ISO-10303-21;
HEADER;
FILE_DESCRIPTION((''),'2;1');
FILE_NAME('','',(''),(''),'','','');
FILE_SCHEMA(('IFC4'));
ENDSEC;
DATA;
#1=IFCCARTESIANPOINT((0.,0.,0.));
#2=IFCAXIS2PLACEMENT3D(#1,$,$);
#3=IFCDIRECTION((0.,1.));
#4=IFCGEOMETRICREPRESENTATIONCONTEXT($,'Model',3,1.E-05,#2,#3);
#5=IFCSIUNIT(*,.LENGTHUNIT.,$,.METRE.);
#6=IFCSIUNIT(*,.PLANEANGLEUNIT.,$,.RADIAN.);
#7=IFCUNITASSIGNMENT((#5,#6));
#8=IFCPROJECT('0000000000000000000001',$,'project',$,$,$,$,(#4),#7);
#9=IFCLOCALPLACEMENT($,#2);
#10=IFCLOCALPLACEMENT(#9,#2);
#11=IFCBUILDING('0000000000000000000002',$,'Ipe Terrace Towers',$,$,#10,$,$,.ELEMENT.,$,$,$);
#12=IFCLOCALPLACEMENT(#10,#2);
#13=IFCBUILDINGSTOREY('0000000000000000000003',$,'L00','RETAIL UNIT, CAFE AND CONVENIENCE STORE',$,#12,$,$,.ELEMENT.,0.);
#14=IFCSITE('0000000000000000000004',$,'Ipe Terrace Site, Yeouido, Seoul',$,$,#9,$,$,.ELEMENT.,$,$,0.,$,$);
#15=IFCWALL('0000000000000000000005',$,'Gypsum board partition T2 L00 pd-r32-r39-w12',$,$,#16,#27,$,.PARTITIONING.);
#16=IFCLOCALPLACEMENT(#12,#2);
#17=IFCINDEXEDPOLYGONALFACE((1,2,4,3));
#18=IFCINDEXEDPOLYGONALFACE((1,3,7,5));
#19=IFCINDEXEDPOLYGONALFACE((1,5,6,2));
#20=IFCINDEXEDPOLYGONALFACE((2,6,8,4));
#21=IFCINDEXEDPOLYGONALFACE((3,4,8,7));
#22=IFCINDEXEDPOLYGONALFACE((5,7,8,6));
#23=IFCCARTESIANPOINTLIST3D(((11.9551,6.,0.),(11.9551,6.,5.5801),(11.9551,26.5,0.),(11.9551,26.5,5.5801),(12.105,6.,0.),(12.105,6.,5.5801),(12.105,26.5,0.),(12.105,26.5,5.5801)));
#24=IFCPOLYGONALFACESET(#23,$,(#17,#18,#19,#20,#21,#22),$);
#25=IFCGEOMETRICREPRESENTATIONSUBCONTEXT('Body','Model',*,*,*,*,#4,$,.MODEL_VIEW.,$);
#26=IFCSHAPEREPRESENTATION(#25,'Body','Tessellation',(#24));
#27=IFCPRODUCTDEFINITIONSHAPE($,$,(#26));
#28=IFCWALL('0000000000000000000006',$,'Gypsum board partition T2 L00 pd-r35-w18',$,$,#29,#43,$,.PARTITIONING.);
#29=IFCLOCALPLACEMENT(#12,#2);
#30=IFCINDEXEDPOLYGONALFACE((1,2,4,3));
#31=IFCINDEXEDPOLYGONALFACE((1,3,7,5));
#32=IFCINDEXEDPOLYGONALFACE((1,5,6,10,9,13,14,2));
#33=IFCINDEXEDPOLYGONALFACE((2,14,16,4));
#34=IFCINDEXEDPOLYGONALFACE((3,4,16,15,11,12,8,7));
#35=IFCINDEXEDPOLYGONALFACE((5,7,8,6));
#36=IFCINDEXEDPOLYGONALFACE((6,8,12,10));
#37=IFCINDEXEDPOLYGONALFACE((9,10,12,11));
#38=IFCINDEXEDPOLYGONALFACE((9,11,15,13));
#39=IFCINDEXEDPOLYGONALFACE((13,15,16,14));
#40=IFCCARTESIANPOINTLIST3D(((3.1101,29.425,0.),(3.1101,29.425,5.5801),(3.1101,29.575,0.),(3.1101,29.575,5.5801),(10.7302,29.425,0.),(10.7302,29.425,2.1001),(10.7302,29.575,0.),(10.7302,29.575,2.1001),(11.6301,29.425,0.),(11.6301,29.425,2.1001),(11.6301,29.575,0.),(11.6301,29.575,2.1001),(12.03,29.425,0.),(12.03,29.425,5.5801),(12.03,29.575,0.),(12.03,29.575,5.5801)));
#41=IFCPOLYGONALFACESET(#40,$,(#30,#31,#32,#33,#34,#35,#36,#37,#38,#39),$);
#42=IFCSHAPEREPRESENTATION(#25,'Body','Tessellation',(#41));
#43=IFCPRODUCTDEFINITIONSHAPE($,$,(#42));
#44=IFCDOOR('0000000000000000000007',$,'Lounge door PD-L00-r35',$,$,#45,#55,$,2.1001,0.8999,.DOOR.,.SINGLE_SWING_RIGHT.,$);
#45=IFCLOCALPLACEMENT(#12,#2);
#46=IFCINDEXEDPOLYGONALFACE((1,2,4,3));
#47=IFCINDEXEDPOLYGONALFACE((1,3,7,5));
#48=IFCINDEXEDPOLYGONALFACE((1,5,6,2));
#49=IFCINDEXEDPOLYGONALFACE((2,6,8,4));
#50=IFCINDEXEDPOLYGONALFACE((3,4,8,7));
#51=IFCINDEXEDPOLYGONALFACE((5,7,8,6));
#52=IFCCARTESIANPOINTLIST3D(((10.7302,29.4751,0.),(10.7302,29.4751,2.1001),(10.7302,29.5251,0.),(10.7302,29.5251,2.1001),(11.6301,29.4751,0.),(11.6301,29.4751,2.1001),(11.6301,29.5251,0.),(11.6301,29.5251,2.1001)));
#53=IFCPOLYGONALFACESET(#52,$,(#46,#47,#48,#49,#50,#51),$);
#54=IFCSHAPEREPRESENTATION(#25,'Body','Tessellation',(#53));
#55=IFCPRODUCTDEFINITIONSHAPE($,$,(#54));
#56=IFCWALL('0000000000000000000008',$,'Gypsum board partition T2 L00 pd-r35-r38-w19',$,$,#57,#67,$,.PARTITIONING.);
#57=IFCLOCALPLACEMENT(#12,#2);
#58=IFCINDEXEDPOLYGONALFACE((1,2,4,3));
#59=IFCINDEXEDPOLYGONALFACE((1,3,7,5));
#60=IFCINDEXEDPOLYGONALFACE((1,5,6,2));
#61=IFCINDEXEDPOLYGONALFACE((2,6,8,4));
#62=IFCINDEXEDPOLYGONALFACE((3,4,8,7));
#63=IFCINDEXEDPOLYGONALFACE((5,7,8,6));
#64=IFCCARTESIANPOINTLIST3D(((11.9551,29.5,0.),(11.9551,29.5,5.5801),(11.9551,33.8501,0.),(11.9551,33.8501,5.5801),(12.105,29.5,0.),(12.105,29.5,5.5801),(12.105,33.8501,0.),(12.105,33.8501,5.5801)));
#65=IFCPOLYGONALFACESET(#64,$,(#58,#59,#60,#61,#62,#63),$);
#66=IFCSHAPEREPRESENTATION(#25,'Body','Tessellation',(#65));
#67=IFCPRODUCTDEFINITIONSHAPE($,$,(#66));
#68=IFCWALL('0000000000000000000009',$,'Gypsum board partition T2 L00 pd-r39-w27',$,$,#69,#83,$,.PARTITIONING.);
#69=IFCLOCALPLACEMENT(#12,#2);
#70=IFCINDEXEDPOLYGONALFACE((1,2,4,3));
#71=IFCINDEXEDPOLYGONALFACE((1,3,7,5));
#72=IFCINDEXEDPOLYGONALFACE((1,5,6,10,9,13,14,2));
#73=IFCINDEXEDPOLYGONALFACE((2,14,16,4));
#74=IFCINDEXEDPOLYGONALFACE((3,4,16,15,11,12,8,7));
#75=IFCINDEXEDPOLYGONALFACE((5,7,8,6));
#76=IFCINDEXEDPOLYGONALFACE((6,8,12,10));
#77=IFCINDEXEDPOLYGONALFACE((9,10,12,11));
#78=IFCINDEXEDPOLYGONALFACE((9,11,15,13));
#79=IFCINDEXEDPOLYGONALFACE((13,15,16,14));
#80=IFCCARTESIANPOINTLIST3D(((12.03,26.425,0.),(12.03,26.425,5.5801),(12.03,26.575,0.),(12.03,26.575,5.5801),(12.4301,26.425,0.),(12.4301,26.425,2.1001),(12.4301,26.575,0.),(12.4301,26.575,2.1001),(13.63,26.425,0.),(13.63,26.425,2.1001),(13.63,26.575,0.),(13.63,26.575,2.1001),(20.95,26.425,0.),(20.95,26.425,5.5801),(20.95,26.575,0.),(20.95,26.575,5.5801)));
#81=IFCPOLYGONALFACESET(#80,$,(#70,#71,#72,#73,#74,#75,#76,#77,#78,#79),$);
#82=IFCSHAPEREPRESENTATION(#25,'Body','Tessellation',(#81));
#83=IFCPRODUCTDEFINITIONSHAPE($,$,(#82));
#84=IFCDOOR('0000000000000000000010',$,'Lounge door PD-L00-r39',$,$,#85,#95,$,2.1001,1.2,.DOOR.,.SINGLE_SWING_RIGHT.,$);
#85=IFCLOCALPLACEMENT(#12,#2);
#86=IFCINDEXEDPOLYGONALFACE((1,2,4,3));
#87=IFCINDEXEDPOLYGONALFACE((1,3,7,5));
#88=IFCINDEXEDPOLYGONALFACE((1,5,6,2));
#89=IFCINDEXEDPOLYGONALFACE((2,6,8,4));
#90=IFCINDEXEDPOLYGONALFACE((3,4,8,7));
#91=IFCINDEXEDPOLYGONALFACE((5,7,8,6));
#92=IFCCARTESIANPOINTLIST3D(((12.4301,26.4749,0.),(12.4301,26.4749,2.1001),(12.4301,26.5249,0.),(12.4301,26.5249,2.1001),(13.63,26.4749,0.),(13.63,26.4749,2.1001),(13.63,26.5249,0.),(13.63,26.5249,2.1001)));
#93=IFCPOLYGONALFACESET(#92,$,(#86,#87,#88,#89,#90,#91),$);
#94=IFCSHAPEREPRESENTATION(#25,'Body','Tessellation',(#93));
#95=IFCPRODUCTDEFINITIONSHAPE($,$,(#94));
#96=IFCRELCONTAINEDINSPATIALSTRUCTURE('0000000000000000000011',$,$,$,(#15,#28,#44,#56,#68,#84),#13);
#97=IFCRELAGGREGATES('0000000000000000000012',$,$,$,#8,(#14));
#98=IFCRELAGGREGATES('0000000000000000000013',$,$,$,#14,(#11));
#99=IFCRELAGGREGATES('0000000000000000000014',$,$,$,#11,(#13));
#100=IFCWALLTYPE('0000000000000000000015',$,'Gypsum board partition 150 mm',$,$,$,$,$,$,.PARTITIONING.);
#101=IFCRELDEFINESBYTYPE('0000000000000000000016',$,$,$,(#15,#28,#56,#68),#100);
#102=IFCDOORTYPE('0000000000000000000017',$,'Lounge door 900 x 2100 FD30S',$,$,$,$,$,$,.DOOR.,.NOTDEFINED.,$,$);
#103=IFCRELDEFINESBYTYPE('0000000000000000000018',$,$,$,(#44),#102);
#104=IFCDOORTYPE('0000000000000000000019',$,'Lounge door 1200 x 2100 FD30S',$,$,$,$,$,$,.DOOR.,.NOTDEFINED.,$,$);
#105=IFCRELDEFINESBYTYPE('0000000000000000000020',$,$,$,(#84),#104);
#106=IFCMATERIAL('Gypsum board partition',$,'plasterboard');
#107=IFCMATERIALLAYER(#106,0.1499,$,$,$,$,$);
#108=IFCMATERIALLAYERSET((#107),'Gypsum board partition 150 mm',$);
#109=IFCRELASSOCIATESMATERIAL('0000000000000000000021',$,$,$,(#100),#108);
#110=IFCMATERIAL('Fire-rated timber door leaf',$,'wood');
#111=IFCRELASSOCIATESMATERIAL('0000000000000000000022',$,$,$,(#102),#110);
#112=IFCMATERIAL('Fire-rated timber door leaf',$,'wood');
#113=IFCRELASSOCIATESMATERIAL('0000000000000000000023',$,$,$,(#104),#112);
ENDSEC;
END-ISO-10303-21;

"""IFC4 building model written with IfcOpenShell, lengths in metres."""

from ifc_helpers import new_model, si_unit, direction, frame, frame_2d, origin, place, context, subcontext, project, spatial, rectangle, extrude, material, layer, layer_set, type_object, element, fill, save


model = new_model("IFC4")

# Units and contexts
model_context = context("Model", 3, precision=1e-05, world=origin(), true_north=direction((0.0, 1.0)))
body_context = subcontext(model_context, "Body", "Model", "MODEL_VIEW")
ifc_project = project(units=[si_unit("LENGTHUNIT", "METRE"), si_unit("PLANEANGLEUNIT", "RADIAN")], contexts=[model_context])

# Site, building, storey
site_placement = place(None, origin())
site = spatial("IfcSite", under=ifc_project, at=site_placement, Name="Ipe Terrace Site, Yeouido, Seoul", CompositionType="ELEMENT", RefElevation=0.0)
building_placement = place(site_placement, origin())
building = spatial("IfcBuilding", under=site, at=building_placement, Name="Ipe Terrace Towers", CompositionType="ELEMENT")
storey_placement = place(building_placement, origin())
storey = spatial("IfcBuildingStorey", under=building, at=storey_placement, Name="L00", Description="RETAIL UNIT, CAFE AND CONVENIENCE STORE", CompositionType="ELEMENT", Elevation=0.0)

# Wall
ifc_material_1 = material(Name="Gypsum board partition", Category="plasterboard")
ifc_layer_1 = layer(ifc_material_1, 0.1499)
ifc_layer_set_1 = layer_set([ifc_layer_1], Name="Gypsum board partition 150 mm")
wall_type_1 = type_object("IfcWallType", Name="Gypsum board partition 150 mm", PredefinedType="PARTITIONING", material=ifc_layer_set_1)
wall_1_placement = place(storey_placement, frame((12.03, 26.5, 0.0), z_axis=(0.0, 0.0, 1.0), x_axis=(0.0, -1.0, 0.0)))
element("IfcWall", 1, at=wall_1_placement, inside=storey, type_object=wall_type_1, Name="Gypsum board partition T2 L00 pd-r32-r39-w12", PredefinedType="PARTITIONING", context=body_context, shape_type="SweptSolid", body=[
    extrude(rectangle(XDim=20.5, YDim=0.1499, at=frame_2d((10.25, 0.0))), origin(), (0.0, 0.0, 1.0), 5.5801),
])

# Wall, opening, door
wall_2_placement = place(storey_placement, frame((12.03, 29.5, 0.0), z_axis=(0.0, 0.0, 1.0), x_axis=(-1.0, 0.0, 0.0)))
wall_2 = element("IfcWall", 2, at=wall_2_placement, inside=storey, type_object=wall_type_1, Name="Gypsum board partition T2 L00 pd-r35-w18", PredefinedType="PARTITIONING", context=body_context, shape_type="SweptSolid", body=[
    extrude(rectangle(XDim=8.9199, YDim=0.1499, at=frame_2d((4.46, 0.0))), origin(), (0.0, 0.0, 1.0), 5.5801),
])
opening_1_placement = place(wall_2_placement, frame((0.3999, 0.0, 0.0)))
opening_1 = element("IfcOpeningElement", 3, at=opening_1_placement, cuts=wall_2, PredefinedType="OPENING", context=body_context, shape_type="SweptSolid", body=[
    extrude(rectangle(XDim=0.8999, YDim=2.1001, at=frame_2d((0.45, 1.05))), frame((0.0, 0.085, 0.0), z_axis=(0.0, -1.0, 0.0), x_axis=(1.0, 0.0, 0.0)), (0.0, 0.0, 1.0), 0.1699),
])
ifc_material_2 = material(Name="Fire-rated timber door leaf", Category="wood")
door_type_1 = type_object("IfcDoorType", Name="Lounge door 900 x 2100 FD30S", OperationType="NOTDEFINED", PredefinedType="DOOR", material=ifc_material_2)
door_1_placement = place(opening_1_placement, origin())
door_1 = element("IfcDoor", 4, at=door_1_placement, inside=storey, type_object=door_type_1, Name="Lounge door PD-L00-r35", OperationType="SINGLE_SWING_RIGHT", OverallHeight=2.1001, OverallWidth=0.8999, PredefinedType="DOOR", context=body_context, shape_type="SweptSolid", body=[
    extrude(rectangle(XDim=0.8999, YDim=2.1001, at=frame_2d((0.45, 1.05))), frame((0.0, 0.0249, 0.0), z_axis=(0.0, -1.0, 0.0), x_axis=(1.0, 0.0, 0.0)), (0.0, 0.0, 1.0), 0.05),
])
fill(opening_1, door_1)

# Wall
wall_3_placement = place(storey_placement, frame((12.03, 33.8501, 0.0), z_axis=(0.0, 0.0, 1.0), x_axis=(0.0, -1.0, 0.0)))
element("IfcWall", 5, at=wall_3_placement, inside=storey, type_object=wall_type_1, Name="Gypsum board partition T2 L00 pd-r35-r38-w19", PredefinedType="PARTITIONING", context=body_context, shape_type="SweptSolid", body=[
    extrude(rectangle(XDim=4.3501, YDim=0.1499, at=frame_2d((2.175, 0.0))), origin(), (0.0, 0.0, 1.0), 5.5801),
])

# Wall, opening, door
wall_4_placement = place(storey_placement, frame((12.03, 26.5, 0.0), z_axis=(0.0, 0.0, 1.0), x_axis=(1.0, 0.0, 0.0)))
wall_4 = element("IfcWall", 6, at=wall_4_placement, inside=storey, type_object=wall_type_1, Name="Gypsum board partition T2 L00 pd-r39-w27", PredefinedType="PARTITIONING", context=body_context, shape_type="SweptSolid", body=[
    extrude(rectangle(XDim=8.9199, YDim=0.1499, at=frame_2d((4.46, 0.0))), origin(), (0.0, 0.0, 1.0), 5.5801),
])
opening_2_placement = place(wall_4_placement, frame((0.3999, 0.0, 0.0)))
opening_2 = element("IfcOpeningElement", 7, at=opening_2_placement, cuts=wall_4, PredefinedType="OPENING", context=body_context, shape_type="SweptSolid", body=[
    extrude(rectangle(XDim=1.2, YDim=2.1001, at=frame_2d((0.6001, 1.05))), frame((0.0, 0.085, 0.0), z_axis=(0.0, -1.0, 0.0), x_axis=(1.0, 0.0, 0.0)), (0.0, 0.0, 1.0), 0.1699),
])
ifc_material_3 = material(Name="Fire-rated timber door leaf", Category="wood")
door_type_2 = type_object("IfcDoorType", Name="Lounge door 1200 x 2100 FD30S", OperationType="NOTDEFINED", PredefinedType="DOOR", material=ifc_material_3)
door_2_placement = place(opening_2_placement, origin())
door_2 = element("IfcDoor", 8, at=door_2_placement, inside=storey, type_object=door_type_2, Name="Lounge door PD-L00-r39", OperationType="SINGLE_SWING_RIGHT", OverallHeight=2.1001, OverallWidth=1.2, PredefinedType="DOOR", context=body_context, shape_type="SweptSolid", body=[
    extrude(rectangle(XDim=1.2, YDim=2.1001, at=frame_2d((0.6001, 1.05))), frame((0.0, 0.0249, 0.0), z_axis=(0.0, -1.0, 0.0), x_axis=(1.0, 0.0, 0.0)), (0.0, 0.0, 1.0), 0.05),
])
fill(opening_2, door_2)

save(model, "model.ifc")
